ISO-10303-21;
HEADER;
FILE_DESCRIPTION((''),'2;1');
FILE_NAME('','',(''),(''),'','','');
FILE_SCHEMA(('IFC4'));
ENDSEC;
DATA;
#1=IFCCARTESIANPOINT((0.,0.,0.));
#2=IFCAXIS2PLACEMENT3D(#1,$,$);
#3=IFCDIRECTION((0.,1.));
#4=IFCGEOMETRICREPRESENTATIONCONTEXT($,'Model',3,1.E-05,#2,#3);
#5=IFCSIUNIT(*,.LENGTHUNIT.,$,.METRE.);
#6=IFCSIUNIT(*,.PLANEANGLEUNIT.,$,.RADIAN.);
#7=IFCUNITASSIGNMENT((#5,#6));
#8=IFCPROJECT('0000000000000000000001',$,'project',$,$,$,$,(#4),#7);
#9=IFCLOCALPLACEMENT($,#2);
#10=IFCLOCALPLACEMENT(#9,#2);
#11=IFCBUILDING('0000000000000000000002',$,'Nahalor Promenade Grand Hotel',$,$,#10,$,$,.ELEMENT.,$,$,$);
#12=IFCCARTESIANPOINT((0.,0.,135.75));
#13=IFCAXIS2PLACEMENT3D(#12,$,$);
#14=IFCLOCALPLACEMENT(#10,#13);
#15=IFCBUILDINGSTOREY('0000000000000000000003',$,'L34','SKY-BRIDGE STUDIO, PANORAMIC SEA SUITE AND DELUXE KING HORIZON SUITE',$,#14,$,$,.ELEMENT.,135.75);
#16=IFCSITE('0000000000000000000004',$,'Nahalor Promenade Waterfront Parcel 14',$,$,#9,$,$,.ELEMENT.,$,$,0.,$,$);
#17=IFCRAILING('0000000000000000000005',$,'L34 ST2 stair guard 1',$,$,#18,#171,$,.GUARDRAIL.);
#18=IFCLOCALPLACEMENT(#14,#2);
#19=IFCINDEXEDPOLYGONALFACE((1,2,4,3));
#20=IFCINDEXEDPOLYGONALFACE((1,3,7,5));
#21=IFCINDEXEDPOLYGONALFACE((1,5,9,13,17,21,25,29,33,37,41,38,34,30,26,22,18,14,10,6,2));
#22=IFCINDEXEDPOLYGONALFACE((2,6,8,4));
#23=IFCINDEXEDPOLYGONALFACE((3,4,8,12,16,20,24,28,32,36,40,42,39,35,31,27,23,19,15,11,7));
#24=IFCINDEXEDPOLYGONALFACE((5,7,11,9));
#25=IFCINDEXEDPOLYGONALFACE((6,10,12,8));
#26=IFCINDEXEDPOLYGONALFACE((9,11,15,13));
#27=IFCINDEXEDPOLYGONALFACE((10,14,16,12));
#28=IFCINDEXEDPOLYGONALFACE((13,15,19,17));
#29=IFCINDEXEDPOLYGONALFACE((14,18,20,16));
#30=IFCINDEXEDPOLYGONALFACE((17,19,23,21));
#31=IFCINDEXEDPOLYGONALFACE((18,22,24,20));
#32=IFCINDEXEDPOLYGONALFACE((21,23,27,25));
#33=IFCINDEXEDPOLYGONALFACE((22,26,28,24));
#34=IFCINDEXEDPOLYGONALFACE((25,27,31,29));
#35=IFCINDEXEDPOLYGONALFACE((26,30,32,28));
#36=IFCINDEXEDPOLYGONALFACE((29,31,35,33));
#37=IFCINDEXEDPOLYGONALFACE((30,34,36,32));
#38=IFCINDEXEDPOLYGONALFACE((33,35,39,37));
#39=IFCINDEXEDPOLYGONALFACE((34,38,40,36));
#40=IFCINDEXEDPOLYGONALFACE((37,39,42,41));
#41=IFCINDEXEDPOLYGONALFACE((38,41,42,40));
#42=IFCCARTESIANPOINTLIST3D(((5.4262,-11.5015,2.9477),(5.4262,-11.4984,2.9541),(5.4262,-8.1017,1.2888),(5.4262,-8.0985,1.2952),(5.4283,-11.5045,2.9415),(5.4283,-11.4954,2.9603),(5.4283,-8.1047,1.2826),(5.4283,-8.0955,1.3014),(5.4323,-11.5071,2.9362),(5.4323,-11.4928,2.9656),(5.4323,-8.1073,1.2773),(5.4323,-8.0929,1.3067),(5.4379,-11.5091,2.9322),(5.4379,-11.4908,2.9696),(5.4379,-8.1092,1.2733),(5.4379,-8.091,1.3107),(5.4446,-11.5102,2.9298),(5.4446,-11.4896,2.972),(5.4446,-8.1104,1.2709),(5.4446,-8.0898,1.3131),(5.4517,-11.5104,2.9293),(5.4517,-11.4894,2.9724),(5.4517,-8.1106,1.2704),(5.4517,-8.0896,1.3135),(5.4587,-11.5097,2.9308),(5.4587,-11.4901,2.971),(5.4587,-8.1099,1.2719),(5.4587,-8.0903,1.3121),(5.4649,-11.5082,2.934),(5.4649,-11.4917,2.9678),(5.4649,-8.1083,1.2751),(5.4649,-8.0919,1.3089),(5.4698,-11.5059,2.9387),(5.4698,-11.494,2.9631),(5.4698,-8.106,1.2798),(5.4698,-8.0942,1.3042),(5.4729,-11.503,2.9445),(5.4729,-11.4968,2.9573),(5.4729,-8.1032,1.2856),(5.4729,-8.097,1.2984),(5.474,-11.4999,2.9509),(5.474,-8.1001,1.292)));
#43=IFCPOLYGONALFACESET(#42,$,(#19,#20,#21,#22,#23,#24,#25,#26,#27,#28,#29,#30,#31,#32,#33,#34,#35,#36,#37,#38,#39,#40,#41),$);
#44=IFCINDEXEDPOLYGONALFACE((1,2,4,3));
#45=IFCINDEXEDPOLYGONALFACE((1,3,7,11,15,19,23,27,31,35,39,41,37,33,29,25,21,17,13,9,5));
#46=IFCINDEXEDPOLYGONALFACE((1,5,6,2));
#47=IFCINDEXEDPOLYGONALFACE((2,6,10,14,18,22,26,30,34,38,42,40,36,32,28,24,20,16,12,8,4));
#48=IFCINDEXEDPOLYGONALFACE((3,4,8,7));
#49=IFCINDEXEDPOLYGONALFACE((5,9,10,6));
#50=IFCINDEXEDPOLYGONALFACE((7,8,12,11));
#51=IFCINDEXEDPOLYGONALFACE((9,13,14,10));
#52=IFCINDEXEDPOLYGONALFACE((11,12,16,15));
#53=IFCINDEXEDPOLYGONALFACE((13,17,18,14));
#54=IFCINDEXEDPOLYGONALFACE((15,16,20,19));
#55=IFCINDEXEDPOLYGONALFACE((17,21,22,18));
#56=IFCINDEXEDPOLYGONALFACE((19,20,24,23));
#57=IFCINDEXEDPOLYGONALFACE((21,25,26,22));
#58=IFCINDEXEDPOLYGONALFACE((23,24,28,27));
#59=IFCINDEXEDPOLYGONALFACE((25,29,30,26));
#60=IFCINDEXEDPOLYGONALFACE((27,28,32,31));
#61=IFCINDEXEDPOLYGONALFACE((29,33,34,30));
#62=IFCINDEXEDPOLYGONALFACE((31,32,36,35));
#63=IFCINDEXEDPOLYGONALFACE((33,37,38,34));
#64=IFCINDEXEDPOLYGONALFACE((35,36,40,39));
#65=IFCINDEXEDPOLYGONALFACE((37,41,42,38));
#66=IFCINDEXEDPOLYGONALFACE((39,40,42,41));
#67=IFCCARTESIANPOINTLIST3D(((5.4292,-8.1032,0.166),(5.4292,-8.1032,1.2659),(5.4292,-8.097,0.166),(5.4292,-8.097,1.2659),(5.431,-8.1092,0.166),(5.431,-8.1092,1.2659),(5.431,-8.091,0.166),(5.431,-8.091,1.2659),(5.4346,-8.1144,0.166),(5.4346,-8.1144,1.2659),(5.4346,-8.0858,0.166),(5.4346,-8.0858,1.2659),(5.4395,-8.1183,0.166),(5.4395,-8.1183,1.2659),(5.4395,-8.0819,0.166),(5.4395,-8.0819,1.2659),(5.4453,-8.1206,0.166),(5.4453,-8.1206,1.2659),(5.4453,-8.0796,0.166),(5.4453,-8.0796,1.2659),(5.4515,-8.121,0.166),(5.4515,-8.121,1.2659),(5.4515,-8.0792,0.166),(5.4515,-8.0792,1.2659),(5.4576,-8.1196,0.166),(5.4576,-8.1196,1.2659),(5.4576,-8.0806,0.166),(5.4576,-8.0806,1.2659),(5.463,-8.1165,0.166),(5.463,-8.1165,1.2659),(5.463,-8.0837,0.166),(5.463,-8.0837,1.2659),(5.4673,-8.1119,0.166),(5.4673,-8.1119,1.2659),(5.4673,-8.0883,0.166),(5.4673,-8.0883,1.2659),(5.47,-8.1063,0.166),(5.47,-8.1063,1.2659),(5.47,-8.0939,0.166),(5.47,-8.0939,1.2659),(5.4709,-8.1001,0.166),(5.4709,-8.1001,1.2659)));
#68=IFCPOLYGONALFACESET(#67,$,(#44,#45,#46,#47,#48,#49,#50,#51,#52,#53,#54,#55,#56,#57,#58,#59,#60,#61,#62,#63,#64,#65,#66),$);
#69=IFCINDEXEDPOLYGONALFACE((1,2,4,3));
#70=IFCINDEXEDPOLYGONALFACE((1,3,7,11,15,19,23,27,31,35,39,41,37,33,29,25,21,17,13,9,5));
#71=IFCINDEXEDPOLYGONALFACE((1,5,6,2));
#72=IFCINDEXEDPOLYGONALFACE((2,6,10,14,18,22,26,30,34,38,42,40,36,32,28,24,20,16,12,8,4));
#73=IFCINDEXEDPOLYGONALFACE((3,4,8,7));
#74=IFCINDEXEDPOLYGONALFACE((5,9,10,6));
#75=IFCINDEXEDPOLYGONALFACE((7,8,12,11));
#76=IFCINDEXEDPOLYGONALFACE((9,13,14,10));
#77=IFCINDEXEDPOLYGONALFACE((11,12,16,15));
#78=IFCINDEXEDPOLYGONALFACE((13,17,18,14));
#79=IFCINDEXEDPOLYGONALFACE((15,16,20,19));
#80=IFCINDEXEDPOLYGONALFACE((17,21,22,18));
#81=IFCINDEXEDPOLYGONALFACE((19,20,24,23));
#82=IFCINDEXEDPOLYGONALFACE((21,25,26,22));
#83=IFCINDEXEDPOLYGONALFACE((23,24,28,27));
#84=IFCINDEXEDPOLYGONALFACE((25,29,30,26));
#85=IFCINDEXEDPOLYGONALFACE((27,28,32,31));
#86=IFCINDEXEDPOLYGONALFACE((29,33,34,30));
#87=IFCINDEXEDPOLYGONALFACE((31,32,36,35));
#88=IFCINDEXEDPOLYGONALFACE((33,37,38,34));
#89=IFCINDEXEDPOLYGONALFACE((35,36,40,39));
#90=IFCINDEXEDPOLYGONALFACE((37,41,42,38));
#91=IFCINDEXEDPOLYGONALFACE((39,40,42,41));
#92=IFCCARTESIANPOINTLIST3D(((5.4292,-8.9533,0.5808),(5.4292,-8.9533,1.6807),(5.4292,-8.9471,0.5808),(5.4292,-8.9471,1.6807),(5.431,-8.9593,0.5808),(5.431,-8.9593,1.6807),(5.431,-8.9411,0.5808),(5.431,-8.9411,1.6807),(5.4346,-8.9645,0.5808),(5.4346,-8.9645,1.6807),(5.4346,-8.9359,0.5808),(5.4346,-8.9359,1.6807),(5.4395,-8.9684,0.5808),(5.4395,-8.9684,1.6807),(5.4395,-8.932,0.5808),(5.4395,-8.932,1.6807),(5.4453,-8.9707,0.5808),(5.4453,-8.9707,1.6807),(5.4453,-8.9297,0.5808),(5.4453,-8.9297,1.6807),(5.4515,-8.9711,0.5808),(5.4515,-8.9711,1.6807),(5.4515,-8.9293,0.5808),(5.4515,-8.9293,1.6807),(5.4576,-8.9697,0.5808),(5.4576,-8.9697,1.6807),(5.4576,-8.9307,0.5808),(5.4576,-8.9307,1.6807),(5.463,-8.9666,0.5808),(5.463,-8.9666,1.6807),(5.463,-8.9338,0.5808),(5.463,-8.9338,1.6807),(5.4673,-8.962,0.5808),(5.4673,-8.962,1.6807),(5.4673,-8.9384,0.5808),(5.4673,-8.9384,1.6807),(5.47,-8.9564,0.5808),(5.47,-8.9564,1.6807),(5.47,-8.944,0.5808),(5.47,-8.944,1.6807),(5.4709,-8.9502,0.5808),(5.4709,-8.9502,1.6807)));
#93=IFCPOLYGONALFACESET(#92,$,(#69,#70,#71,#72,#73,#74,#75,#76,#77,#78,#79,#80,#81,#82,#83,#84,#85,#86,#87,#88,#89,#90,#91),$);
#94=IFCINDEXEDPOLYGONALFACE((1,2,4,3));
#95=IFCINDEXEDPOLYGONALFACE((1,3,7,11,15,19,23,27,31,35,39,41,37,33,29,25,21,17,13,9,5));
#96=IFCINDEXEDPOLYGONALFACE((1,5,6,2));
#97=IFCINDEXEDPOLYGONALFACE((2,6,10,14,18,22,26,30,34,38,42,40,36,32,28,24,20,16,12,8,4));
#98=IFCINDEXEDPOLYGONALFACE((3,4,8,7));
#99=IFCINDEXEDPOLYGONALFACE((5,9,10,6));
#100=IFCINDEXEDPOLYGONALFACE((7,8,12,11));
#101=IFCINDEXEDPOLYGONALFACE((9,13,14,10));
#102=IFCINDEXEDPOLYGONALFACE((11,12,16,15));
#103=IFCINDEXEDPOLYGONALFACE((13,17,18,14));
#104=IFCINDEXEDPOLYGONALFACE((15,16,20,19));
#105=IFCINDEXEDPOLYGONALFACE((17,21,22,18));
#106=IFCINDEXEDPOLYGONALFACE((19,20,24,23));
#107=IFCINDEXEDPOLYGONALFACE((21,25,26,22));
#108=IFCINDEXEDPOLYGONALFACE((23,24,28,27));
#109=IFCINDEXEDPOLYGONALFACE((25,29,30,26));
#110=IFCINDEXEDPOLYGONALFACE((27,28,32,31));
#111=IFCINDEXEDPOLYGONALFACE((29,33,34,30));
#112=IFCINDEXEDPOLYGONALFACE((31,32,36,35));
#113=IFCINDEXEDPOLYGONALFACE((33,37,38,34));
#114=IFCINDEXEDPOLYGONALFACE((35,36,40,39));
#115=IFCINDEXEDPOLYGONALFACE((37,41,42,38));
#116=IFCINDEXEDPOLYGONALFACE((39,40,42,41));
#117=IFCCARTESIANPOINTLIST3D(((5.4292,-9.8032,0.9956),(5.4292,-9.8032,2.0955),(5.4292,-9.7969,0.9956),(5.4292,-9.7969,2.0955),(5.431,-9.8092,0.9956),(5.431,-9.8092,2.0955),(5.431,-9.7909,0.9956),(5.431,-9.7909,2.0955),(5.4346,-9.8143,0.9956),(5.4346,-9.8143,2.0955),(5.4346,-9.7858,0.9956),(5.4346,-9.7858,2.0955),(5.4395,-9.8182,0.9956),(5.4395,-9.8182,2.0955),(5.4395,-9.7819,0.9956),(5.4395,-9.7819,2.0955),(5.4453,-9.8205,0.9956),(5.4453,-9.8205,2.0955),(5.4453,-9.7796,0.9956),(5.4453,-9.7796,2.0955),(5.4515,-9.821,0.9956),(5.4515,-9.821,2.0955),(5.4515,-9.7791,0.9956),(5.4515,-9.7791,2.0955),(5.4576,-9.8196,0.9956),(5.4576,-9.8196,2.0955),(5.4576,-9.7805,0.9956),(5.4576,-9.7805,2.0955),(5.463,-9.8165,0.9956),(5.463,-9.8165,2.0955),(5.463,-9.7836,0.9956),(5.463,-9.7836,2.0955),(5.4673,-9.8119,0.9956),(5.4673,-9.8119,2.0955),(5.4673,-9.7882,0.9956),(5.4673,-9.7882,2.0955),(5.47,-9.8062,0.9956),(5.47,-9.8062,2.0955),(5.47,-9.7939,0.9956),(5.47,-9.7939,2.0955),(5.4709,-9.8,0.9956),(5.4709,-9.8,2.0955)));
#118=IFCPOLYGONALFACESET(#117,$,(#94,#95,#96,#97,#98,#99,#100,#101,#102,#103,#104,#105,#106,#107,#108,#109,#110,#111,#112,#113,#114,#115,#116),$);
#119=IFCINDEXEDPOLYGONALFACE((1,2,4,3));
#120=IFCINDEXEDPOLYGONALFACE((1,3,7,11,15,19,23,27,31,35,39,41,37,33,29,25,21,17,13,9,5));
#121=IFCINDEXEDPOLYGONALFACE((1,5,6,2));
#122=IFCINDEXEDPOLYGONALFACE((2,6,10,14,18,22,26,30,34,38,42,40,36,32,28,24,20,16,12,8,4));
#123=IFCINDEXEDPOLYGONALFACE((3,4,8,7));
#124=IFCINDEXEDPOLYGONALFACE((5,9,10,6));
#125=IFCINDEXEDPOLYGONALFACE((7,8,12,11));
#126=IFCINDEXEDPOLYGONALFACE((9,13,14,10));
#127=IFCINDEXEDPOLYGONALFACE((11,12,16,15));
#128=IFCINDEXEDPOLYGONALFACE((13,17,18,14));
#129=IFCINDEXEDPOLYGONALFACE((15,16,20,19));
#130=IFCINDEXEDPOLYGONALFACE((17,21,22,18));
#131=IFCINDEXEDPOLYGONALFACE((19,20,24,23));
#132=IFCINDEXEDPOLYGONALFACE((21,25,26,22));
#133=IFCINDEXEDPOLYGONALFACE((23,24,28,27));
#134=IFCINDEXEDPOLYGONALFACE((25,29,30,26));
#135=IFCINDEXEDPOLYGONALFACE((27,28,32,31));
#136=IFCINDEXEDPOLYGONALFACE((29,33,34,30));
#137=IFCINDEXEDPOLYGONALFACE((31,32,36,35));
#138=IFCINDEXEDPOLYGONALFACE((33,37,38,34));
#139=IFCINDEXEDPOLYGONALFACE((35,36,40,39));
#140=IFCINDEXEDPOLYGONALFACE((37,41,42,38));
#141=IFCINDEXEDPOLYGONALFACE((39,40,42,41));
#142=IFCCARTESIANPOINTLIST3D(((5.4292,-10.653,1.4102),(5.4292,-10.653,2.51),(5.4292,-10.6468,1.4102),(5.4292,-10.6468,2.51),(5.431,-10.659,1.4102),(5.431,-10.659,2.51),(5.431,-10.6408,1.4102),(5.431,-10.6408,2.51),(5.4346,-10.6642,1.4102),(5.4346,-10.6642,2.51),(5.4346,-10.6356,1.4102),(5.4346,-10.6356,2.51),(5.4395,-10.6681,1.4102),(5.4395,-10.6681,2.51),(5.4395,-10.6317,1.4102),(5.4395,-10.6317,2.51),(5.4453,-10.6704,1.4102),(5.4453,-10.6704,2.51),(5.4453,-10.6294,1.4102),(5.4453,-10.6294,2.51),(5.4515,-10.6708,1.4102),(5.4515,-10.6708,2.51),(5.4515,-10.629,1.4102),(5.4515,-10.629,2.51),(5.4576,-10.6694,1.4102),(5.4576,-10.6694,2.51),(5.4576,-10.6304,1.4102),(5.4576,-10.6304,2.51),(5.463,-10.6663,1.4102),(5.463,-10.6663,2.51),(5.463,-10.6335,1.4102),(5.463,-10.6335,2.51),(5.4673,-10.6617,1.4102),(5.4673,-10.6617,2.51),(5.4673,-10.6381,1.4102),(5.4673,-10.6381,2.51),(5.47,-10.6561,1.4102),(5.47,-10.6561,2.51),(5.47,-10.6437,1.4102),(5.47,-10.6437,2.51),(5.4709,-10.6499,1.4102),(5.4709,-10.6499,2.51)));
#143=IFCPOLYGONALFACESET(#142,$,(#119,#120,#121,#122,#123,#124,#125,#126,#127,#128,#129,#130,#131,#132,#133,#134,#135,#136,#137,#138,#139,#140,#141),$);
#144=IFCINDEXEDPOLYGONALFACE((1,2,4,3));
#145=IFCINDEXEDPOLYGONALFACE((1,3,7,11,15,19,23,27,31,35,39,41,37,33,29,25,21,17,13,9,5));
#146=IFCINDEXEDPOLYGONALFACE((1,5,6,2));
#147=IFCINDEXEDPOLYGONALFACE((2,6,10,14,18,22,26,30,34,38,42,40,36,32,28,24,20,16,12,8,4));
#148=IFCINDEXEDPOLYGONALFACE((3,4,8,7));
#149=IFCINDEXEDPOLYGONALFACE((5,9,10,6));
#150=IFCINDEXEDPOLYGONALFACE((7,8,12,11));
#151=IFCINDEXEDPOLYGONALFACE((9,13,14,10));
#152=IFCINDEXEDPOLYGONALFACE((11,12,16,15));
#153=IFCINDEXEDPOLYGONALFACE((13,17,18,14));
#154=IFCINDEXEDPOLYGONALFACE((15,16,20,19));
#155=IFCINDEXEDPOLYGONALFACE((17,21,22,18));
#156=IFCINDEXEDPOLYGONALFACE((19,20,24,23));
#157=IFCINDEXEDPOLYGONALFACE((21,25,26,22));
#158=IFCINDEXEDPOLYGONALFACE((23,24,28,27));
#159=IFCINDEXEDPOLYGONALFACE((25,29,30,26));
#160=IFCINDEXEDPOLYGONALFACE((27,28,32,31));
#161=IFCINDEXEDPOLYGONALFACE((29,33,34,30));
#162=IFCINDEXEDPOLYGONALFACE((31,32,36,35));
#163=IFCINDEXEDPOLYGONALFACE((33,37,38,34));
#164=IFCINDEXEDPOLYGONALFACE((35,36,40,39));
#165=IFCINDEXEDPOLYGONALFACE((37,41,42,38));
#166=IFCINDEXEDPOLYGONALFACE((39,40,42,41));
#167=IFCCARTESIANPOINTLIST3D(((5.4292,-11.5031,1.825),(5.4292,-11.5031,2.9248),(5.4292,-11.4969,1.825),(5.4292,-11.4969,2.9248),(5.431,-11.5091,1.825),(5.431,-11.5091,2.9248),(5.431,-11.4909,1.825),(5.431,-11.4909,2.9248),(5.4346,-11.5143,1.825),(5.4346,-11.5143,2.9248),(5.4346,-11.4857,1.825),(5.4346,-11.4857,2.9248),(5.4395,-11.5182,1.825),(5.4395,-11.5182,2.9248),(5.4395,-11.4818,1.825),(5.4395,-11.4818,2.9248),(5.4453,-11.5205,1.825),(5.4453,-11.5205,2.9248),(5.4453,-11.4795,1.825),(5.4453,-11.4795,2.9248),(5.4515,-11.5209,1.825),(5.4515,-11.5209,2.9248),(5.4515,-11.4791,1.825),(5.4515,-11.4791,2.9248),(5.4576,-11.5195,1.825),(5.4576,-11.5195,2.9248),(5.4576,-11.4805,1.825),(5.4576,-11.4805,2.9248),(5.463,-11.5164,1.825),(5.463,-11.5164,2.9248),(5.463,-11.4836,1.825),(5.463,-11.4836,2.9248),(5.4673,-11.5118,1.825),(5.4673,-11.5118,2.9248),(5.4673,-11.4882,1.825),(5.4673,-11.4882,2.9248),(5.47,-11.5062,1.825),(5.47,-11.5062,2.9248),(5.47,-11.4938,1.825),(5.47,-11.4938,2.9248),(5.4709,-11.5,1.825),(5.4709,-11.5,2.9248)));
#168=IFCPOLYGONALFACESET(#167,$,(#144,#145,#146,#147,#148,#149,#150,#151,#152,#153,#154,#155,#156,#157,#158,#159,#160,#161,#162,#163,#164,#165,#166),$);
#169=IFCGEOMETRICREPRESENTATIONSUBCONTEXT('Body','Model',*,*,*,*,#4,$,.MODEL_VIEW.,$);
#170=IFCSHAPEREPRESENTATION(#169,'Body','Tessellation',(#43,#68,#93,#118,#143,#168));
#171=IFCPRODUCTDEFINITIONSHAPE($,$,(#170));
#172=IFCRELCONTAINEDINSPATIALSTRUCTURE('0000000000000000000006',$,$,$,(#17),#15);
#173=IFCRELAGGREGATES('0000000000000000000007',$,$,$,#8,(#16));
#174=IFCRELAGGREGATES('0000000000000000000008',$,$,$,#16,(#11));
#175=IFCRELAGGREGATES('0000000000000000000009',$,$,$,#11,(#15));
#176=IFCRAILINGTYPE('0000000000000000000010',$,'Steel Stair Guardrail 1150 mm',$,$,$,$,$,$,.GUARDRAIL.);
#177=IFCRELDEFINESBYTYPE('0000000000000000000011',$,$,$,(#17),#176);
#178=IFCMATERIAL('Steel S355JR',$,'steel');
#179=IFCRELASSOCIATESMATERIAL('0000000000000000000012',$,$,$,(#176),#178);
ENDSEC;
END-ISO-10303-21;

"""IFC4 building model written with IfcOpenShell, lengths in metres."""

from ifc_helpers import new_model, si_unit, direction, frame, origin, origin_2d, place, context, subcontext, project, spatial, circle, extrude, material, type_object, element, save


model = new_model("IFC4")

# Units and contexts
model_context = context("Model", 3, precision=1e-05, world=origin(), true_north=direction((0.0, 1.0)))
body_context = subcontext(model_context, "Body", "Model", "MODEL_VIEW")
ifc_project = project(units=[si_unit("LENGTHUNIT", "METRE"), si_unit("PLANEANGLEUNIT", "RADIAN")], contexts=[model_context])

# Site, building, storey
site_placement = place(None, origin())
site = spatial("IfcSite", under=ifc_project, at=site_placement, Name="Nahalor Promenade Waterfront Parcel 14", CompositionType="ELEMENT", RefElevation=0.0)
building_placement = place(site_placement, origin())
building = spatial("IfcBuilding", under=site, at=building_placement, Name="Nahalor Promenade Grand Hotel", CompositionType="ELEMENT")
storey_placement = place(building_placement, frame((0.0, 0.0, 135.75)))
storey = spatial("IfcBuildingStorey", under=building, at=storey_placement, Name="L34", Description="SKY-BRIDGE STUDIO, PANORAMIC SEA SUITE AND DELUXE KING HORIZON SUITE", CompositionType="ELEMENT", Elevation=135.75)

# Shared definitions
ifc_material_1 = material(Name="Steel S355JR", Category="steel")

# Railing
railing_type_1 = type_object("IfcRailingType", Name="Steel Stair Guardrail 1150 mm", PredefinedType="GUARDRAIL", material=ifc_material_1)
railing_1_placement = place(storey_placement, frame((5.45, -8.1001, 0.166)))
element("IfcRailing", 1, at=railing_1_placement, inside=storey, type_object=railing_type_1, Name="L34 ST2 stair guard 1", PredefinedType="GUARDRAIL", context=body_context, shape_type="SweptSolid", body=[
    extrude(circle(Radius=0.024, at=origin_2d()), frame((0.0, 0.0, 1.126), z_axis=(0.0, -0.898722, 0.438519), x_axis=(1.0, 0.0, 0.0)), (0.0, 0.0, 1.0), 3.783),
    extrude(circle(Radius=0.021, at=origin_2d()), origin(), (0.0, 0.0, 1.0), 1.0999),
    extrude(circle(Radius=0.021, at=origin_2d()), frame((0.0, -0.8501, 0.4148)), (0.0, 0.0, 1.0), 1.0999),
    extrude(circle(Radius=0.021, at=origin_2d()), frame((0.0, -1.7, 0.8296)), (0.0, 0.0, 1.0), 1.0999),
    extrude(circle(Radius=0.021, at=origin_2d()), frame((0.0, -2.5498, 1.2441)), (0.0, 0.0, 1.0), 1.0999),
    extrude(circle(Radius=0.021, at=origin_2d()), frame((0.0, -3.3999, 1.6589)), (0.0, 0.0, 1.0), 1.0999),
])

save(model, "model.ifc")
